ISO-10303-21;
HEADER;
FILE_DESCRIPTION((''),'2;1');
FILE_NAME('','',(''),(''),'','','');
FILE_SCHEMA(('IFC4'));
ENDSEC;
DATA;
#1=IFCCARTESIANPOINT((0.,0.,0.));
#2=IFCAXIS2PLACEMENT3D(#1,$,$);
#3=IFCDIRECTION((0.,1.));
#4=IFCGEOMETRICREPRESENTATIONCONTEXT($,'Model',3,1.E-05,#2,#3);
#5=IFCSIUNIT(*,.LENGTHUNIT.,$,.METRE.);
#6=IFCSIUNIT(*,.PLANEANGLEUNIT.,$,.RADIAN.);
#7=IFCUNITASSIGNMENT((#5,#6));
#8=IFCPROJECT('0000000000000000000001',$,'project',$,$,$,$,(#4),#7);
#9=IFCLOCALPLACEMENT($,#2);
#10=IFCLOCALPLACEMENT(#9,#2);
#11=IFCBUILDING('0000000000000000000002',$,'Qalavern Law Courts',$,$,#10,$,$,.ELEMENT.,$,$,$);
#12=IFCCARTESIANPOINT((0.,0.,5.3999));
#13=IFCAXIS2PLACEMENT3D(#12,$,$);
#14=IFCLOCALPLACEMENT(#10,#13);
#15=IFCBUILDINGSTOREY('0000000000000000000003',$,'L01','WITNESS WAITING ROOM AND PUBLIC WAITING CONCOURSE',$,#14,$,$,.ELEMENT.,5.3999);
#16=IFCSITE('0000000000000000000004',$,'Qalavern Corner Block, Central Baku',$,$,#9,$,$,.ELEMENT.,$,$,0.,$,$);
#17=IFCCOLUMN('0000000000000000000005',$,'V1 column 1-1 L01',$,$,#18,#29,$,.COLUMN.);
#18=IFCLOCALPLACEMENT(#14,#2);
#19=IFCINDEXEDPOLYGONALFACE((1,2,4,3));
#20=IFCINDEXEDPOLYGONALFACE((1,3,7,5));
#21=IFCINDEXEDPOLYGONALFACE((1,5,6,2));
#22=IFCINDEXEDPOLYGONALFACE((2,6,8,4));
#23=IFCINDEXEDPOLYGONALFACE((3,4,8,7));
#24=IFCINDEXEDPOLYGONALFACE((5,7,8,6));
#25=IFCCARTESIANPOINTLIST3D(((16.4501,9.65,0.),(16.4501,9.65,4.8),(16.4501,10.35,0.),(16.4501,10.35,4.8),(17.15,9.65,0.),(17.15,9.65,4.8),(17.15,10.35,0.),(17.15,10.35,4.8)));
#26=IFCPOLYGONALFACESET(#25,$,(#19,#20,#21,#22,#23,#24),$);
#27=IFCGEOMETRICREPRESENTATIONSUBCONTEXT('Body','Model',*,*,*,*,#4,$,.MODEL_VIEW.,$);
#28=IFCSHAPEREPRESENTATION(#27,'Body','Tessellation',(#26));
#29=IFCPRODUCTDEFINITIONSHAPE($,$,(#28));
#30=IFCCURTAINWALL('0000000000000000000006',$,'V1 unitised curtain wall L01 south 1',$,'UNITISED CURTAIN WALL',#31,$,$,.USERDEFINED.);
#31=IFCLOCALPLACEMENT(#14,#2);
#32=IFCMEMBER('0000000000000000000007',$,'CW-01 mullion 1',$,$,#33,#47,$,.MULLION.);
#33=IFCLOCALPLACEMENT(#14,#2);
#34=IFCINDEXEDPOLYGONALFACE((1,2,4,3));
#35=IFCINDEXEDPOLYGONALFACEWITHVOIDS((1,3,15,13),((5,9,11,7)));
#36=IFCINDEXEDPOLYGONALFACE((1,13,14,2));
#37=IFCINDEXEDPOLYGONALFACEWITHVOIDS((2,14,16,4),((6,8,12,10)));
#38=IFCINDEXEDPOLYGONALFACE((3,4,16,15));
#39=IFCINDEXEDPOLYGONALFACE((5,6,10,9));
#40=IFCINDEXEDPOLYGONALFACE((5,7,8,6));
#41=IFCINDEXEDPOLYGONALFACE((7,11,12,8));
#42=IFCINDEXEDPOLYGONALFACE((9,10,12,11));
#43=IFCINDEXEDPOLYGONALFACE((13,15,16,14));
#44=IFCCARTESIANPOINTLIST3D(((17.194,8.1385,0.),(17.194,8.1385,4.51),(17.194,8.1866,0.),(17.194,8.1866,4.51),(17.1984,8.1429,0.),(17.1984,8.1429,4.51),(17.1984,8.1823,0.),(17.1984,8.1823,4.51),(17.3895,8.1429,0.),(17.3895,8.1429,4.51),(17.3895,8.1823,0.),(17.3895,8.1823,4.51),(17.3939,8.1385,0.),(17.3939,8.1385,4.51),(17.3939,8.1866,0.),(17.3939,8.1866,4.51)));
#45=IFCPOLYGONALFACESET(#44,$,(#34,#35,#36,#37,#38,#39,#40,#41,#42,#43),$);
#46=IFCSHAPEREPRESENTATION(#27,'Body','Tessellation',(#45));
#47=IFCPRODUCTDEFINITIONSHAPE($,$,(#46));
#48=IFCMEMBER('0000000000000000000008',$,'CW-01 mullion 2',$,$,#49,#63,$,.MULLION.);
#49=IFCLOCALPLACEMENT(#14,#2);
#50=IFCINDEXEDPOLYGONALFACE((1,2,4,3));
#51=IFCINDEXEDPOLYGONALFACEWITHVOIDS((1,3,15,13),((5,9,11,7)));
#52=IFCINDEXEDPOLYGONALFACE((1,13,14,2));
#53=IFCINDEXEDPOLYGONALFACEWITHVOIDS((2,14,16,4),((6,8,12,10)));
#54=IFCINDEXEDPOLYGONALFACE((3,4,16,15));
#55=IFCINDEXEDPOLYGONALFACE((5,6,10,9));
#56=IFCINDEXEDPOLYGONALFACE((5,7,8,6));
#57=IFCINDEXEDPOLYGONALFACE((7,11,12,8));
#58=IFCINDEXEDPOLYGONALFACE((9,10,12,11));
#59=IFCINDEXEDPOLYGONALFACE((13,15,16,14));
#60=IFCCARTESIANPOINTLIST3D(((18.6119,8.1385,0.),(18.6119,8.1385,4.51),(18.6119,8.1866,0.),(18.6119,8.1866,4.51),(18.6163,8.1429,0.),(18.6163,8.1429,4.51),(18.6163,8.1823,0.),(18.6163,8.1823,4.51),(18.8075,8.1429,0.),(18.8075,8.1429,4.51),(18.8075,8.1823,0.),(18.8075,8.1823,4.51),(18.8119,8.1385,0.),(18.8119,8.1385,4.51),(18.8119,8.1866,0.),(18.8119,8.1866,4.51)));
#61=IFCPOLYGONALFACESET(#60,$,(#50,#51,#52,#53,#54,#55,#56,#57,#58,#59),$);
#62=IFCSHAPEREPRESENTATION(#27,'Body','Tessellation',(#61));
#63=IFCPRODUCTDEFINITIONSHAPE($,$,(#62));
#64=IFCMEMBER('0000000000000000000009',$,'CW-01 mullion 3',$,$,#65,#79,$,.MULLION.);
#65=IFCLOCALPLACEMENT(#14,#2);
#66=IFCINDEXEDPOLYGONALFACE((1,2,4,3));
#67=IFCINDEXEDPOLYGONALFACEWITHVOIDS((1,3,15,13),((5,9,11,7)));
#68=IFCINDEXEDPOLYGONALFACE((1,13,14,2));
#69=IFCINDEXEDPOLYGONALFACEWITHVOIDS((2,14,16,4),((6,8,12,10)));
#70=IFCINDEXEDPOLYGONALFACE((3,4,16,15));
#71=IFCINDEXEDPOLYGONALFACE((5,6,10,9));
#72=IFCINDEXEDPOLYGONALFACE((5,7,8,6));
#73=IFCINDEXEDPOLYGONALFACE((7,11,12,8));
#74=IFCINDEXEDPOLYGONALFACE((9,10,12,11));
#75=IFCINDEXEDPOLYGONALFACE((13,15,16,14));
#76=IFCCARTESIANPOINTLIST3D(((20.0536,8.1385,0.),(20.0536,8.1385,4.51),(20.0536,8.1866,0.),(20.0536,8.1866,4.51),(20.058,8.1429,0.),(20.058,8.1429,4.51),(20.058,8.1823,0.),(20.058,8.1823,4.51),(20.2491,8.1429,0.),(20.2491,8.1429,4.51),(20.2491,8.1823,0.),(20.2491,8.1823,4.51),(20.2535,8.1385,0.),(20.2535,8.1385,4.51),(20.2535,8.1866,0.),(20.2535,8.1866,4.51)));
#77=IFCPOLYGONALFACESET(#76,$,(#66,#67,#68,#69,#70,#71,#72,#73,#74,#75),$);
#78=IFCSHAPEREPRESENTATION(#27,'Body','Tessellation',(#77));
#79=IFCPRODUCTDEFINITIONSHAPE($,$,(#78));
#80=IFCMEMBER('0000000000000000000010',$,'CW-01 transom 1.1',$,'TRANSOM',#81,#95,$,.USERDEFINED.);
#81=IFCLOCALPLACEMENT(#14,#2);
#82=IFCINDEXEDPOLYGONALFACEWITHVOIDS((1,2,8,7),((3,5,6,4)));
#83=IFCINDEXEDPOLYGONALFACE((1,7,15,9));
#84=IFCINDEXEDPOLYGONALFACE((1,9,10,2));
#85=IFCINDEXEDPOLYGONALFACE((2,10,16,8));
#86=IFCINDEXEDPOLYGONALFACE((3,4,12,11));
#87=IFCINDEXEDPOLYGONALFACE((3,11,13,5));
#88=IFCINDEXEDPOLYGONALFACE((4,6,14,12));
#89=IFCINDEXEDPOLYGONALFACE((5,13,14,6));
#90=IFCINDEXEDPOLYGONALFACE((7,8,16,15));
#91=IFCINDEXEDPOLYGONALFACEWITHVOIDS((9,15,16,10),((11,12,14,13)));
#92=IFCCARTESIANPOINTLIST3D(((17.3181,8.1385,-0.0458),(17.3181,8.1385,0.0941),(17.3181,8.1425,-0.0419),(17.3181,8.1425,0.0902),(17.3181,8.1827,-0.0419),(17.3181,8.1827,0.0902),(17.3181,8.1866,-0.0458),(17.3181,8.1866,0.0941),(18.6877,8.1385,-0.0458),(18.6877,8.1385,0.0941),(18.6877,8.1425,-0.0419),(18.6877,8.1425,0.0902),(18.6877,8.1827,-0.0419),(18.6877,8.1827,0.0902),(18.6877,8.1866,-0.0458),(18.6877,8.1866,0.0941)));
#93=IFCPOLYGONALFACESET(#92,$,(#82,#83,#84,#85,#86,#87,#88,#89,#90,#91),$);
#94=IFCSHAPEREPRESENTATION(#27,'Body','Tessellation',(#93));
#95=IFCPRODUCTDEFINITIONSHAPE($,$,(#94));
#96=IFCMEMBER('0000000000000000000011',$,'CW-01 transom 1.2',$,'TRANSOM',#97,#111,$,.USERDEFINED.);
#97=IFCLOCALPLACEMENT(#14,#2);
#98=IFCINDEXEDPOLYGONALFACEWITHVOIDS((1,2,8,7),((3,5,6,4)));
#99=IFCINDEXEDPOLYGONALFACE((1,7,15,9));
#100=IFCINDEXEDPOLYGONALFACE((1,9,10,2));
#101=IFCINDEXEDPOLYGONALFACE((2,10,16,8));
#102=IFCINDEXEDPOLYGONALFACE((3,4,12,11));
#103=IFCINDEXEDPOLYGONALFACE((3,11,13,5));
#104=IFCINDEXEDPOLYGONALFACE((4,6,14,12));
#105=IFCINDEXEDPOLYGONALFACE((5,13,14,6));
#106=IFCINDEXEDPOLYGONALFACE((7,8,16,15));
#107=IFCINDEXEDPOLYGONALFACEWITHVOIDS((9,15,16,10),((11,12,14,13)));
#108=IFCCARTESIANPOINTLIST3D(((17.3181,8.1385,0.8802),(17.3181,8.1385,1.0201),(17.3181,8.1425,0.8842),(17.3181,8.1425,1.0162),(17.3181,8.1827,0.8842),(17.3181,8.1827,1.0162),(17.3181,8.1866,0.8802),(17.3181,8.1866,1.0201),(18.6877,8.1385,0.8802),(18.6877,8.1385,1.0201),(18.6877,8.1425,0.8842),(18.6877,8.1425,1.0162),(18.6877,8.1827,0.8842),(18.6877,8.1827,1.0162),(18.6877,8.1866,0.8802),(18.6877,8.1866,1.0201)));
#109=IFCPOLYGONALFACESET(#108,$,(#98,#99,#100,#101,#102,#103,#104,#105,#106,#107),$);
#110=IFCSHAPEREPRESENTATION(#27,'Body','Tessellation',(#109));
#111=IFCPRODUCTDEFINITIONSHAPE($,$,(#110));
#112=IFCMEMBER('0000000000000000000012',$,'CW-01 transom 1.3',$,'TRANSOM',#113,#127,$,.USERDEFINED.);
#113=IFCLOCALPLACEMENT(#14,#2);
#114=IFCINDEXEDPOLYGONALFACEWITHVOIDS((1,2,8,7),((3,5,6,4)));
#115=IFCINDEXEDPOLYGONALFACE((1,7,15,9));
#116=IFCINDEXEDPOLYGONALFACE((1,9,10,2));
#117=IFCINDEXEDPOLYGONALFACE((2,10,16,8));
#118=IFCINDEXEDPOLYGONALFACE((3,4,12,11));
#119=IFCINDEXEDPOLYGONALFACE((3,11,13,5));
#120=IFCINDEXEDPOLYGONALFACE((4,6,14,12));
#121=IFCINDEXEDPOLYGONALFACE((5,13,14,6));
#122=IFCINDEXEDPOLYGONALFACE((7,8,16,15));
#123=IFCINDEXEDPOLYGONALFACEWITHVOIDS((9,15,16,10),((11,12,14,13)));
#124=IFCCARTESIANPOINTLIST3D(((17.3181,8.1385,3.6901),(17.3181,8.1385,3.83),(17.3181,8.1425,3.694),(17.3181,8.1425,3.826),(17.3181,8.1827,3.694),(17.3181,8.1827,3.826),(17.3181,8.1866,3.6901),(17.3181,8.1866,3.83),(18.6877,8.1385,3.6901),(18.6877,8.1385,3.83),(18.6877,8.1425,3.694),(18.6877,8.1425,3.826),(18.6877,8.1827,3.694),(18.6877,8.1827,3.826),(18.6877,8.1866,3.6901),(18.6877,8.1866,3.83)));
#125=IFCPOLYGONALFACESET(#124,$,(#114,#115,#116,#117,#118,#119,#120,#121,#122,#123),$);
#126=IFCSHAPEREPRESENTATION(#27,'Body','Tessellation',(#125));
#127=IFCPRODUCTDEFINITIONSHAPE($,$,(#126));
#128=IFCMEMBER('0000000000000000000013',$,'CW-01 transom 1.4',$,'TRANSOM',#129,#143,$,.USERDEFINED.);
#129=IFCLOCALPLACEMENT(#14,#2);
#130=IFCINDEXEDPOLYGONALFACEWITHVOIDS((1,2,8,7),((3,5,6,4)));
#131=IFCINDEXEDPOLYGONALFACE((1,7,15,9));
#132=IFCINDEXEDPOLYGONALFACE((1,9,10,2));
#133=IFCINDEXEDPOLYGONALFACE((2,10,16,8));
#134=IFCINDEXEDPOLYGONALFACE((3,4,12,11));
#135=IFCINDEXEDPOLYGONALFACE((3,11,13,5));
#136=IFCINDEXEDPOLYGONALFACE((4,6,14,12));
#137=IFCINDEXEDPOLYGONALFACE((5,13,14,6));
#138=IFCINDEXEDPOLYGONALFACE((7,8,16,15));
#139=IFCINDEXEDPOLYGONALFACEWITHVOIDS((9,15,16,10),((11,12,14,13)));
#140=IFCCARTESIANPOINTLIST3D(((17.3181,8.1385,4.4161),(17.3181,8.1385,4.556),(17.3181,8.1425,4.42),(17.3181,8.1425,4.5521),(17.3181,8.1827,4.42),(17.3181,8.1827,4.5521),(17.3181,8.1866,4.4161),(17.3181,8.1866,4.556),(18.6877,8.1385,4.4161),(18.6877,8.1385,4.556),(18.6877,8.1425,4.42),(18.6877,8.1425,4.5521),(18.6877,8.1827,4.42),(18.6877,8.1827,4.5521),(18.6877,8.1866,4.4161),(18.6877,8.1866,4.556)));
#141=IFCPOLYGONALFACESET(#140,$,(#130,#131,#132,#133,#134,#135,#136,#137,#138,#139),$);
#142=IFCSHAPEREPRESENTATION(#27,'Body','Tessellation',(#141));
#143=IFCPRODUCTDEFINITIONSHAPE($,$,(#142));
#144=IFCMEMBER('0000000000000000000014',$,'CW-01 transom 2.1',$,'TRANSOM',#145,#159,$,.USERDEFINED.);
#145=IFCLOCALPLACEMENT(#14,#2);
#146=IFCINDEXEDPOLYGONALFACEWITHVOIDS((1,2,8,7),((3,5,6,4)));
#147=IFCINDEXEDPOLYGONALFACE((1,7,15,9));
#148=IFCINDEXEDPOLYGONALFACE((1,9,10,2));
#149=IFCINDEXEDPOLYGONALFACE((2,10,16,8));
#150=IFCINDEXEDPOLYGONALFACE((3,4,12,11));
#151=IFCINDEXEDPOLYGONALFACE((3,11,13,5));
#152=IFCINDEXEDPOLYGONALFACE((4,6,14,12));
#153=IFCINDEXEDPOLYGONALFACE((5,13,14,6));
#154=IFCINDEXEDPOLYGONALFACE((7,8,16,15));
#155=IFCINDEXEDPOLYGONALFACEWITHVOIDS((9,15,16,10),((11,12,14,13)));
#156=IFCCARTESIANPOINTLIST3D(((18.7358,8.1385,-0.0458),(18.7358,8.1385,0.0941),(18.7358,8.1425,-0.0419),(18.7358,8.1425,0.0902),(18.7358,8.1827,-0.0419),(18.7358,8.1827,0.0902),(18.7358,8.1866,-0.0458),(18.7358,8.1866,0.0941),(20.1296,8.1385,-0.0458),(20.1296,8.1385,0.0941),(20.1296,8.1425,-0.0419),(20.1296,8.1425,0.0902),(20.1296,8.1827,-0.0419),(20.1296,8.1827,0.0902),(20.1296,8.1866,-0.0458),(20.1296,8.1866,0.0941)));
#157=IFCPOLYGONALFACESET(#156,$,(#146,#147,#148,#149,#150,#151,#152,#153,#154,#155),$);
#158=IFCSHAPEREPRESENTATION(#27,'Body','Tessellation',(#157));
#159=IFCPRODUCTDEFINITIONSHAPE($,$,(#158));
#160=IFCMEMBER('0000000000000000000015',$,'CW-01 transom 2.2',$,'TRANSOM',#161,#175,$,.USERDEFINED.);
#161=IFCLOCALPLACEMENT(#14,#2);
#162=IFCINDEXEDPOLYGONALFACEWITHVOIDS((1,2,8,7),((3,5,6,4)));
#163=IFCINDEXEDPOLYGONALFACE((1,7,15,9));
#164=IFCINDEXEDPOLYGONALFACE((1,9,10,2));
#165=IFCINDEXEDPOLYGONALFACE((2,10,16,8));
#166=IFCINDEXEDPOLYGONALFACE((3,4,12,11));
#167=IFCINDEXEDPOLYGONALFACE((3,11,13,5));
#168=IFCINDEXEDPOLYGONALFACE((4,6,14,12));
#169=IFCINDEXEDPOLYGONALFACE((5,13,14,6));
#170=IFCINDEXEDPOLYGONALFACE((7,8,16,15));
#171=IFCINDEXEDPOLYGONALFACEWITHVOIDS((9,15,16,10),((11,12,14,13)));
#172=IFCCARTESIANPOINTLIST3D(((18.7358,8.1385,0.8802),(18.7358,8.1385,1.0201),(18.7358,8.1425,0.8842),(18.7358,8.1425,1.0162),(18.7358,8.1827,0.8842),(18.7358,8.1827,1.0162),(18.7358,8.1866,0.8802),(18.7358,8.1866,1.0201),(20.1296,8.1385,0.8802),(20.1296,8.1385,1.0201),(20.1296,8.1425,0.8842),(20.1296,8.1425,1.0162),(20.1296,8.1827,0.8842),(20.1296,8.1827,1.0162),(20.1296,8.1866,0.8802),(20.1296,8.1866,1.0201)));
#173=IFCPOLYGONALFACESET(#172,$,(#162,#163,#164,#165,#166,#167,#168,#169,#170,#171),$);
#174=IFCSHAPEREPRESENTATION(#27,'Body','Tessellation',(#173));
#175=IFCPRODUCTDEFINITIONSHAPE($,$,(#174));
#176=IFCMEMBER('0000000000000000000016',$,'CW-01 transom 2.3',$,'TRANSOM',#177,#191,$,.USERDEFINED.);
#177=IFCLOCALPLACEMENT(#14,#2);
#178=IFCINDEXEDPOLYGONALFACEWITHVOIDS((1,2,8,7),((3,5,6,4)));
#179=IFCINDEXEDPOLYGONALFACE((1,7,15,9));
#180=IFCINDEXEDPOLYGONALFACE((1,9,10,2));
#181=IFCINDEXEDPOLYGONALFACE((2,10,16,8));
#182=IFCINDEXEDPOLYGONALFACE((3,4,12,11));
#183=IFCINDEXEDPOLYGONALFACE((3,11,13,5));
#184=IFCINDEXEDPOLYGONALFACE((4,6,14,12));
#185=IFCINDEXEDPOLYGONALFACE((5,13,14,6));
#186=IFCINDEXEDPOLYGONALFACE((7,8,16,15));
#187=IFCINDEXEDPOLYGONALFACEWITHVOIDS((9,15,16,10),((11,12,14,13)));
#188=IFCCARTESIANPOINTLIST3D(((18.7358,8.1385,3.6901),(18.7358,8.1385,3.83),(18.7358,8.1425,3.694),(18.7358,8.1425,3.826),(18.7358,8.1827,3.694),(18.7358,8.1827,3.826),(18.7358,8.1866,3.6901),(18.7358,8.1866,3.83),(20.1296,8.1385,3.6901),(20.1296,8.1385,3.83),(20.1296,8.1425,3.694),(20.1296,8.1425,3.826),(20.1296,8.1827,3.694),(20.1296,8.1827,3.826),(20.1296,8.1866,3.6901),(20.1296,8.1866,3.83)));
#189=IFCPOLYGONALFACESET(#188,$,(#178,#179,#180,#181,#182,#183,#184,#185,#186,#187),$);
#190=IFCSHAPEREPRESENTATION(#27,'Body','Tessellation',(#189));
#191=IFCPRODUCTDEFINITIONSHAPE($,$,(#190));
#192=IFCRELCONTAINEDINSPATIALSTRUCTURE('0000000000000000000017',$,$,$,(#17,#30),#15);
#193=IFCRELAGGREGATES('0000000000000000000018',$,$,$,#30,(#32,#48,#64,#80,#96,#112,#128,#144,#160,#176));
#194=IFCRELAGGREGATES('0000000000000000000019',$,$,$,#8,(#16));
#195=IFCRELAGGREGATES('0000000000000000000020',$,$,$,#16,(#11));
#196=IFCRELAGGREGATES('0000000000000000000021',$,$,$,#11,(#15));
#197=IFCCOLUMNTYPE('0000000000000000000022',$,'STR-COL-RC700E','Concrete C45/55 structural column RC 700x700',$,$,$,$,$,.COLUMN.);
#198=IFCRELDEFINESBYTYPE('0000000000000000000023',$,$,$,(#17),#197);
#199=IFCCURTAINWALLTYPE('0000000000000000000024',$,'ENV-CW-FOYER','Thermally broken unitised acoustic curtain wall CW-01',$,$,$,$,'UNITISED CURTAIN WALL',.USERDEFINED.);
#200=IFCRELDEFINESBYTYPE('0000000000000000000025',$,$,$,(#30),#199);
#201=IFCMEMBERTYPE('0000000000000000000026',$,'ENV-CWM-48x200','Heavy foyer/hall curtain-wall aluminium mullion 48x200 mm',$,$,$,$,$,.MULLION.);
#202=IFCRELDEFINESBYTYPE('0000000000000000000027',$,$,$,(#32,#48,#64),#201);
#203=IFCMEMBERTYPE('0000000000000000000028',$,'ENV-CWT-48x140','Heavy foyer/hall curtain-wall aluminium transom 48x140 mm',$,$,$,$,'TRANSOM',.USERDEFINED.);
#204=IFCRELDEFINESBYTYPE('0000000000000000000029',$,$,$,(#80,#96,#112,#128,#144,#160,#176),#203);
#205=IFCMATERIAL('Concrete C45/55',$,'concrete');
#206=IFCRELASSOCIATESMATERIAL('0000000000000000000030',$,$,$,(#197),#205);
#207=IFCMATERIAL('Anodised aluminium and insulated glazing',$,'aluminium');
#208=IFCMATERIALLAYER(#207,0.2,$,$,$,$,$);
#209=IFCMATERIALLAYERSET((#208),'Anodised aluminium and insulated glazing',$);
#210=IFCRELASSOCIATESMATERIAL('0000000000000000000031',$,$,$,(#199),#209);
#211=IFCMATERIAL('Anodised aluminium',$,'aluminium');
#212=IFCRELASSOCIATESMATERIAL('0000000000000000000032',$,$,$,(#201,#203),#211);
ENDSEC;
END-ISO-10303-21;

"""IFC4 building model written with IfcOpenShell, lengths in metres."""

from ifc_helpers import new_model, si_unit, direction, frame, origin, origin_2d, place, context, subcontext, project, spatial, rectangle, hollow_rectangle, extrude, material, layer, layer_set, material_profile, profile_set, type_object, element, aggregate, save


model = new_model("IFC4")

# Units and contexts
model_context = context("Model", 3, precision=1e-05, world=origin(), true_north=direction((0.0, 1.0)))
body_context = subcontext(model_context, "Body", "Model", "MODEL_VIEW")
ifc_project = project(units=[si_unit("LENGTHUNIT", "METRE"), si_unit("PLANEANGLEUNIT", "RADIAN")], contexts=[model_context])

# Site, building, storey
site_placement = place(None, origin())
site = spatial("IfcSite", under=ifc_project, at=site_placement, Name="Qalavern Corner Block, Central Baku", CompositionType="ELEMENT", RefElevation=0.0)
building_placement = place(site_placement, origin())
building = spatial("IfcBuilding", under=site, at=building_placement, Name="Qalavern Law Courts", CompositionType="ELEMENT")
storey_placement = place(building_placement, frame((0.0, 0.0, 5.3999)))
storey = spatial("IfcBuildingStorey", under=building, at=storey_placement, Name="L01", Description="WITNESS WAITING ROOM AND PUBLIC WAITING CONCOURSE", CompositionType="ELEMENT", Elevation=5.3999)

# Column
ifc_material_1 = material(Name="Concrete C45/55", Category="concrete")
ifc_material_profile_1 = material_profile(ifc_material_1, rectangle(XDim=0.7, YDim=0.7, at=origin_2d()), Name="RC 700x700")
ifc_profile_set_1 = profile_set([ifc_material_profile_1], Name="Concrete C45/55")
column_type = type_object("IfcColumnType", Name="STR-COL-RC700E", Description="Concrete C45/55 structural column RC 700x700", PredefinedType="COLUMN", material=ifc_profile_set_1)
column_placement = place(storey_placement, frame((16.8, 10.0, 0.0), z_axis=(0.0, 0.0, 1.0), x_axis=(1.0, 0.0, 0.0)))
element("IfcColumn", 1, at=column_placement, inside=storey, type_object=column_type, Name="V1 column 1-1 L01", PredefinedType="COLUMN", context=body_context, shape_type="SweptSolid", body=[
    extrude(rectangle(XDim=0.7, YDim=0.7, at=origin_2d()), origin(), (0.0, 0.0, 1.0), 4.8),
])

# Curtain wall, members
ifc_material_2 = material(Name="Anodised aluminium and insulated glazing", Category="aluminium")
ifc_layer_1 = layer(ifc_material_2, 0.2)
ifc_layer_set_1 = layer_set([ifc_layer_1], Name="Anodised aluminium and insulated glazing")
curtain_wall_type = type_object("IfcCurtainWallType", Name="ENV-CW-FOYER", Description="Thermally broken unitised acoustic curtain wall CW-01", ElementType="UNITISED CURTAIN WALL", PredefinedType="USERDEFINED", material=ifc_layer_set_1)
curtain_wall_placement = place(storey_placement, origin())
curtain_wall = element("IfcCurtainWall", 2, at=curtain_wall_placement, inside=storey, type_object=curtain_wall_type, Name="V1 unitised curtain wall L01 south 1", ObjectType="UNITISED CURTAIN WALL", PredefinedType="USERDEFINED")
ifc_material_3 = material(Name="Anodised aluminium", Category="aluminium")
ifc_material_profile_2 = material_profile(ifc_material_3, hollow_rectangle(XDim=0.0481, YDim=0.2, WallThickness=0.0044, at=origin_2d()), Name="ALU MULLION 48x200")
ifc_profile_set_2 = profile_set([ifc_material_profile_2], Name="Anodised aluminium")
member_type_1 = type_object("IfcMemberType", Name="ENV-CWM-48x200", Description="Heavy foyer/hall curtain-wall aluminium mullion 48x200 mm", PredefinedType="MULLION", material=ifc_profile_set_2)
member_1_placement = place(storey_placement, frame((17.2939, 8.1626, 0.0), z_axis=(0.0, 0.0, 1.0), x_axis=(0.0, 1.0, 0.0)))
member_1 = element("IfcMember", 3, at=member_1_placement, type_object=member_type_1, Name="CW-01 mullion 1", PredefinedType="MULLION", context=body_context, shape_type="SweptSolid", body=[
    extrude(hollow_rectangle(XDim=0.0481, YDim=0.2, WallThickness=0.0044, at=origin_2d()), origin(), (0.0, 0.0, 1.0), 4.51),
])
member_2_placement = place(storey_placement, frame((18.7119, 8.1626, 0.0), z_axis=(0.0, 0.0, 1.0), x_axis=(0.0, 1.0, 0.0)))
member_2 = element("IfcMember", 4, at=member_2_placement, type_object=member_type_1, Name="CW-01 mullion 2", PredefinedType="MULLION", context=body_context, shape_type="SweptSolid", body=[
    extrude(hollow_rectangle(XDim=0.0481, YDim=0.2, WallThickness=0.0044, at=origin_2d()), origin(), (0.0, 0.0, 1.0), 4.51),
])
member_3_placement = place(storey_placement, frame((20.1536, 8.1626, 0.0), z_axis=(0.0, 0.0, 1.0), x_axis=(0.0, 1.0, 0.0)))
member_3 = element("IfcMember", 5, at=member_3_placement, type_object=member_type_1, Name="CW-01 mullion 3", PredefinedType="MULLION", context=body_context, shape_type="SweptSolid", body=[
    extrude(hollow_rectangle(XDim=0.0481, YDim=0.2, WallThickness=0.0044, at=origin_2d()), origin(), (0.0, 0.0, 1.0), 4.51),
])
ifc_material_profile_3 = material_profile(ifc_material_3, hollow_rectangle(XDim=0.0481, YDim=0.1399, WallThickness=0.0039, at=origin_2d()), Name="ALU TRANSOM 48x140")
ifc_profile_set_3 = profile_set([ifc_material_profile_3], Name="Anodised aluminium")
member_type_2 = type_object("IfcMemberType", Name="ENV-CWT-48x140", Description="Heavy foyer/hall curtain-wall aluminium transom 48x140 mm", ElementType="TRANSOM", PredefinedType="USERDEFINED", material=ifc_profile_set_3)
member_4_placement = place(storey_placement, frame((17.3181, 8.1626, 0.0242), z_axis=(1.0, 0.0, 0.0), x_axis=(0.0, 1.0, 0.0)))
member_4 = element("IfcMember", 6, at=member_4_placement, type_object=member_type_2, Name="CW-01 transom 1.1", ObjectType="TRANSOM", PredefinedType="USERDEFINED", context=body_context, shape_type="SweptSolid", body=[
    extrude(hollow_rectangle(XDim=0.0481, YDim=0.1399, WallThickness=0.0039, at=origin_2d()), origin(), (0.0, 0.0, 1.0), 1.3696),
])
member_5_placement = place(storey_placement, frame((17.3181, 8.1626, 0.9502), z_axis=(1.0, 0.0, 0.0), x_axis=(0.0, 1.0, 0.0)))
member_5 = element("IfcMember", 7, at=member_5_placement, type_object=member_type_2, Name="CW-01 transom 1.2", ObjectType="TRANSOM", PredefinedType="USERDEFINED", context=body_context, shape_type="SweptSolid", body=[
    extrude(hollow_rectangle(XDim=0.0481, YDim=0.1399, WallThickness=0.0039, at=origin_2d()), origin(), (0.0, 0.0, 1.0), 1.3696),
])
member_6_placement = place(storey_placement, frame((17.3181, 8.1626, 3.76), z_axis=(1.0, 0.0, 0.0), x_axis=(0.0, 1.0, 0.0)))
member_6 = element("IfcMember", 8, at=member_6_placement, type_object=member_type_2, Name="CW-01 transom 1.3", ObjectType="TRANSOM", PredefinedType="USERDEFINED", context=body_context, shape_type="SweptSolid", body=[
    extrude(hollow_rectangle(XDim=0.0481, YDim=0.1399, WallThickness=0.0039, at=origin_2d()), origin(), (0.0, 0.0, 1.0), 1.3696),
])
member_7_placement = place(storey_placement, frame((17.3181, 8.1626, 4.4861), z_axis=(1.0, 0.0, 0.0), x_axis=(0.0, 1.0, 0.0)))
member_7 = element("IfcMember", 9, at=member_7_placement, type_object=member_type_2, Name="CW-01 transom 1.4", ObjectType="TRANSOM", PredefinedType="USERDEFINED", context=body_context, shape_type="SweptSolid", body=[
    extrude(hollow_rectangle(XDim=0.0481, YDim=0.1399, WallThickness=0.0039, at=origin_2d()), origin(), (0.0, 0.0, 1.0), 1.3696),
])
member_8_placement = place(storey_placement, frame((18.7358, 8.1626, 0.0242), z_axis=(1.0, 0.0, 0.0), x_axis=(0.0, 1.0, 0.0)))
member_8 = element("IfcMember", 10, at=member_8_placement, type_object=member_type_2, Name="CW-01 transom 2.1", ObjectType="TRANSOM", PredefinedType="USERDEFINED", context=body_context, shape_type="SweptSolid", body=[
    extrude(hollow_rectangle(XDim=0.0481, YDim=0.1399, WallThickness=0.0039, at=origin_2d()), origin(), (0.0, 0.0, 1.0), 1.3938),
])
member_9_placement = place(storey_placement, frame((18.7358, 8.1626, 0.9502), z_axis=(1.0, 0.0, 0.0), x_axis=(0.0, 1.0, 0.0)))
member_9 = element("IfcMember", 11, at=member_9_placement, type_object=member_type_2, Name="CW-01 transom 2.2", ObjectType="TRANSOM", PredefinedType="USERDEFINED", context=body_context, shape_type="SweptSolid", body=[
    extrude(hollow_rectangle(XDim=0.0481, YDim=0.1399, WallThickness=0.0039, at=origin_2d()), origin(), (0.0, 0.0, 1.0), 1.3938),
])
member_10_placement = place(storey_placement, frame((18.7358, 8.1626, 3.76), z_axis=(1.0, 0.0, 0.0), x_axis=(0.0, 1.0, 0.0)))
member_10 = element("IfcMember", 12, at=member_10_placement, type_object=member_type_2, Name="CW-01 transom 2.3", ObjectType="TRANSOM", PredefinedType="USERDEFINED", context=body_context, shape_type="SweptSolid", body=[
    extrude(hollow_rectangle(XDim=0.0481, YDim=0.1399, WallThickness=0.0039, at=origin_2d()), origin(), (0.0, 0.0, 1.0), 1.3938),
])
aggregate(curtain_wall, [member_1, member_2, member_3, member_4, member_5, member_6, member_7, member_8, member_9, member_10])

save(model, "model.ifc")
